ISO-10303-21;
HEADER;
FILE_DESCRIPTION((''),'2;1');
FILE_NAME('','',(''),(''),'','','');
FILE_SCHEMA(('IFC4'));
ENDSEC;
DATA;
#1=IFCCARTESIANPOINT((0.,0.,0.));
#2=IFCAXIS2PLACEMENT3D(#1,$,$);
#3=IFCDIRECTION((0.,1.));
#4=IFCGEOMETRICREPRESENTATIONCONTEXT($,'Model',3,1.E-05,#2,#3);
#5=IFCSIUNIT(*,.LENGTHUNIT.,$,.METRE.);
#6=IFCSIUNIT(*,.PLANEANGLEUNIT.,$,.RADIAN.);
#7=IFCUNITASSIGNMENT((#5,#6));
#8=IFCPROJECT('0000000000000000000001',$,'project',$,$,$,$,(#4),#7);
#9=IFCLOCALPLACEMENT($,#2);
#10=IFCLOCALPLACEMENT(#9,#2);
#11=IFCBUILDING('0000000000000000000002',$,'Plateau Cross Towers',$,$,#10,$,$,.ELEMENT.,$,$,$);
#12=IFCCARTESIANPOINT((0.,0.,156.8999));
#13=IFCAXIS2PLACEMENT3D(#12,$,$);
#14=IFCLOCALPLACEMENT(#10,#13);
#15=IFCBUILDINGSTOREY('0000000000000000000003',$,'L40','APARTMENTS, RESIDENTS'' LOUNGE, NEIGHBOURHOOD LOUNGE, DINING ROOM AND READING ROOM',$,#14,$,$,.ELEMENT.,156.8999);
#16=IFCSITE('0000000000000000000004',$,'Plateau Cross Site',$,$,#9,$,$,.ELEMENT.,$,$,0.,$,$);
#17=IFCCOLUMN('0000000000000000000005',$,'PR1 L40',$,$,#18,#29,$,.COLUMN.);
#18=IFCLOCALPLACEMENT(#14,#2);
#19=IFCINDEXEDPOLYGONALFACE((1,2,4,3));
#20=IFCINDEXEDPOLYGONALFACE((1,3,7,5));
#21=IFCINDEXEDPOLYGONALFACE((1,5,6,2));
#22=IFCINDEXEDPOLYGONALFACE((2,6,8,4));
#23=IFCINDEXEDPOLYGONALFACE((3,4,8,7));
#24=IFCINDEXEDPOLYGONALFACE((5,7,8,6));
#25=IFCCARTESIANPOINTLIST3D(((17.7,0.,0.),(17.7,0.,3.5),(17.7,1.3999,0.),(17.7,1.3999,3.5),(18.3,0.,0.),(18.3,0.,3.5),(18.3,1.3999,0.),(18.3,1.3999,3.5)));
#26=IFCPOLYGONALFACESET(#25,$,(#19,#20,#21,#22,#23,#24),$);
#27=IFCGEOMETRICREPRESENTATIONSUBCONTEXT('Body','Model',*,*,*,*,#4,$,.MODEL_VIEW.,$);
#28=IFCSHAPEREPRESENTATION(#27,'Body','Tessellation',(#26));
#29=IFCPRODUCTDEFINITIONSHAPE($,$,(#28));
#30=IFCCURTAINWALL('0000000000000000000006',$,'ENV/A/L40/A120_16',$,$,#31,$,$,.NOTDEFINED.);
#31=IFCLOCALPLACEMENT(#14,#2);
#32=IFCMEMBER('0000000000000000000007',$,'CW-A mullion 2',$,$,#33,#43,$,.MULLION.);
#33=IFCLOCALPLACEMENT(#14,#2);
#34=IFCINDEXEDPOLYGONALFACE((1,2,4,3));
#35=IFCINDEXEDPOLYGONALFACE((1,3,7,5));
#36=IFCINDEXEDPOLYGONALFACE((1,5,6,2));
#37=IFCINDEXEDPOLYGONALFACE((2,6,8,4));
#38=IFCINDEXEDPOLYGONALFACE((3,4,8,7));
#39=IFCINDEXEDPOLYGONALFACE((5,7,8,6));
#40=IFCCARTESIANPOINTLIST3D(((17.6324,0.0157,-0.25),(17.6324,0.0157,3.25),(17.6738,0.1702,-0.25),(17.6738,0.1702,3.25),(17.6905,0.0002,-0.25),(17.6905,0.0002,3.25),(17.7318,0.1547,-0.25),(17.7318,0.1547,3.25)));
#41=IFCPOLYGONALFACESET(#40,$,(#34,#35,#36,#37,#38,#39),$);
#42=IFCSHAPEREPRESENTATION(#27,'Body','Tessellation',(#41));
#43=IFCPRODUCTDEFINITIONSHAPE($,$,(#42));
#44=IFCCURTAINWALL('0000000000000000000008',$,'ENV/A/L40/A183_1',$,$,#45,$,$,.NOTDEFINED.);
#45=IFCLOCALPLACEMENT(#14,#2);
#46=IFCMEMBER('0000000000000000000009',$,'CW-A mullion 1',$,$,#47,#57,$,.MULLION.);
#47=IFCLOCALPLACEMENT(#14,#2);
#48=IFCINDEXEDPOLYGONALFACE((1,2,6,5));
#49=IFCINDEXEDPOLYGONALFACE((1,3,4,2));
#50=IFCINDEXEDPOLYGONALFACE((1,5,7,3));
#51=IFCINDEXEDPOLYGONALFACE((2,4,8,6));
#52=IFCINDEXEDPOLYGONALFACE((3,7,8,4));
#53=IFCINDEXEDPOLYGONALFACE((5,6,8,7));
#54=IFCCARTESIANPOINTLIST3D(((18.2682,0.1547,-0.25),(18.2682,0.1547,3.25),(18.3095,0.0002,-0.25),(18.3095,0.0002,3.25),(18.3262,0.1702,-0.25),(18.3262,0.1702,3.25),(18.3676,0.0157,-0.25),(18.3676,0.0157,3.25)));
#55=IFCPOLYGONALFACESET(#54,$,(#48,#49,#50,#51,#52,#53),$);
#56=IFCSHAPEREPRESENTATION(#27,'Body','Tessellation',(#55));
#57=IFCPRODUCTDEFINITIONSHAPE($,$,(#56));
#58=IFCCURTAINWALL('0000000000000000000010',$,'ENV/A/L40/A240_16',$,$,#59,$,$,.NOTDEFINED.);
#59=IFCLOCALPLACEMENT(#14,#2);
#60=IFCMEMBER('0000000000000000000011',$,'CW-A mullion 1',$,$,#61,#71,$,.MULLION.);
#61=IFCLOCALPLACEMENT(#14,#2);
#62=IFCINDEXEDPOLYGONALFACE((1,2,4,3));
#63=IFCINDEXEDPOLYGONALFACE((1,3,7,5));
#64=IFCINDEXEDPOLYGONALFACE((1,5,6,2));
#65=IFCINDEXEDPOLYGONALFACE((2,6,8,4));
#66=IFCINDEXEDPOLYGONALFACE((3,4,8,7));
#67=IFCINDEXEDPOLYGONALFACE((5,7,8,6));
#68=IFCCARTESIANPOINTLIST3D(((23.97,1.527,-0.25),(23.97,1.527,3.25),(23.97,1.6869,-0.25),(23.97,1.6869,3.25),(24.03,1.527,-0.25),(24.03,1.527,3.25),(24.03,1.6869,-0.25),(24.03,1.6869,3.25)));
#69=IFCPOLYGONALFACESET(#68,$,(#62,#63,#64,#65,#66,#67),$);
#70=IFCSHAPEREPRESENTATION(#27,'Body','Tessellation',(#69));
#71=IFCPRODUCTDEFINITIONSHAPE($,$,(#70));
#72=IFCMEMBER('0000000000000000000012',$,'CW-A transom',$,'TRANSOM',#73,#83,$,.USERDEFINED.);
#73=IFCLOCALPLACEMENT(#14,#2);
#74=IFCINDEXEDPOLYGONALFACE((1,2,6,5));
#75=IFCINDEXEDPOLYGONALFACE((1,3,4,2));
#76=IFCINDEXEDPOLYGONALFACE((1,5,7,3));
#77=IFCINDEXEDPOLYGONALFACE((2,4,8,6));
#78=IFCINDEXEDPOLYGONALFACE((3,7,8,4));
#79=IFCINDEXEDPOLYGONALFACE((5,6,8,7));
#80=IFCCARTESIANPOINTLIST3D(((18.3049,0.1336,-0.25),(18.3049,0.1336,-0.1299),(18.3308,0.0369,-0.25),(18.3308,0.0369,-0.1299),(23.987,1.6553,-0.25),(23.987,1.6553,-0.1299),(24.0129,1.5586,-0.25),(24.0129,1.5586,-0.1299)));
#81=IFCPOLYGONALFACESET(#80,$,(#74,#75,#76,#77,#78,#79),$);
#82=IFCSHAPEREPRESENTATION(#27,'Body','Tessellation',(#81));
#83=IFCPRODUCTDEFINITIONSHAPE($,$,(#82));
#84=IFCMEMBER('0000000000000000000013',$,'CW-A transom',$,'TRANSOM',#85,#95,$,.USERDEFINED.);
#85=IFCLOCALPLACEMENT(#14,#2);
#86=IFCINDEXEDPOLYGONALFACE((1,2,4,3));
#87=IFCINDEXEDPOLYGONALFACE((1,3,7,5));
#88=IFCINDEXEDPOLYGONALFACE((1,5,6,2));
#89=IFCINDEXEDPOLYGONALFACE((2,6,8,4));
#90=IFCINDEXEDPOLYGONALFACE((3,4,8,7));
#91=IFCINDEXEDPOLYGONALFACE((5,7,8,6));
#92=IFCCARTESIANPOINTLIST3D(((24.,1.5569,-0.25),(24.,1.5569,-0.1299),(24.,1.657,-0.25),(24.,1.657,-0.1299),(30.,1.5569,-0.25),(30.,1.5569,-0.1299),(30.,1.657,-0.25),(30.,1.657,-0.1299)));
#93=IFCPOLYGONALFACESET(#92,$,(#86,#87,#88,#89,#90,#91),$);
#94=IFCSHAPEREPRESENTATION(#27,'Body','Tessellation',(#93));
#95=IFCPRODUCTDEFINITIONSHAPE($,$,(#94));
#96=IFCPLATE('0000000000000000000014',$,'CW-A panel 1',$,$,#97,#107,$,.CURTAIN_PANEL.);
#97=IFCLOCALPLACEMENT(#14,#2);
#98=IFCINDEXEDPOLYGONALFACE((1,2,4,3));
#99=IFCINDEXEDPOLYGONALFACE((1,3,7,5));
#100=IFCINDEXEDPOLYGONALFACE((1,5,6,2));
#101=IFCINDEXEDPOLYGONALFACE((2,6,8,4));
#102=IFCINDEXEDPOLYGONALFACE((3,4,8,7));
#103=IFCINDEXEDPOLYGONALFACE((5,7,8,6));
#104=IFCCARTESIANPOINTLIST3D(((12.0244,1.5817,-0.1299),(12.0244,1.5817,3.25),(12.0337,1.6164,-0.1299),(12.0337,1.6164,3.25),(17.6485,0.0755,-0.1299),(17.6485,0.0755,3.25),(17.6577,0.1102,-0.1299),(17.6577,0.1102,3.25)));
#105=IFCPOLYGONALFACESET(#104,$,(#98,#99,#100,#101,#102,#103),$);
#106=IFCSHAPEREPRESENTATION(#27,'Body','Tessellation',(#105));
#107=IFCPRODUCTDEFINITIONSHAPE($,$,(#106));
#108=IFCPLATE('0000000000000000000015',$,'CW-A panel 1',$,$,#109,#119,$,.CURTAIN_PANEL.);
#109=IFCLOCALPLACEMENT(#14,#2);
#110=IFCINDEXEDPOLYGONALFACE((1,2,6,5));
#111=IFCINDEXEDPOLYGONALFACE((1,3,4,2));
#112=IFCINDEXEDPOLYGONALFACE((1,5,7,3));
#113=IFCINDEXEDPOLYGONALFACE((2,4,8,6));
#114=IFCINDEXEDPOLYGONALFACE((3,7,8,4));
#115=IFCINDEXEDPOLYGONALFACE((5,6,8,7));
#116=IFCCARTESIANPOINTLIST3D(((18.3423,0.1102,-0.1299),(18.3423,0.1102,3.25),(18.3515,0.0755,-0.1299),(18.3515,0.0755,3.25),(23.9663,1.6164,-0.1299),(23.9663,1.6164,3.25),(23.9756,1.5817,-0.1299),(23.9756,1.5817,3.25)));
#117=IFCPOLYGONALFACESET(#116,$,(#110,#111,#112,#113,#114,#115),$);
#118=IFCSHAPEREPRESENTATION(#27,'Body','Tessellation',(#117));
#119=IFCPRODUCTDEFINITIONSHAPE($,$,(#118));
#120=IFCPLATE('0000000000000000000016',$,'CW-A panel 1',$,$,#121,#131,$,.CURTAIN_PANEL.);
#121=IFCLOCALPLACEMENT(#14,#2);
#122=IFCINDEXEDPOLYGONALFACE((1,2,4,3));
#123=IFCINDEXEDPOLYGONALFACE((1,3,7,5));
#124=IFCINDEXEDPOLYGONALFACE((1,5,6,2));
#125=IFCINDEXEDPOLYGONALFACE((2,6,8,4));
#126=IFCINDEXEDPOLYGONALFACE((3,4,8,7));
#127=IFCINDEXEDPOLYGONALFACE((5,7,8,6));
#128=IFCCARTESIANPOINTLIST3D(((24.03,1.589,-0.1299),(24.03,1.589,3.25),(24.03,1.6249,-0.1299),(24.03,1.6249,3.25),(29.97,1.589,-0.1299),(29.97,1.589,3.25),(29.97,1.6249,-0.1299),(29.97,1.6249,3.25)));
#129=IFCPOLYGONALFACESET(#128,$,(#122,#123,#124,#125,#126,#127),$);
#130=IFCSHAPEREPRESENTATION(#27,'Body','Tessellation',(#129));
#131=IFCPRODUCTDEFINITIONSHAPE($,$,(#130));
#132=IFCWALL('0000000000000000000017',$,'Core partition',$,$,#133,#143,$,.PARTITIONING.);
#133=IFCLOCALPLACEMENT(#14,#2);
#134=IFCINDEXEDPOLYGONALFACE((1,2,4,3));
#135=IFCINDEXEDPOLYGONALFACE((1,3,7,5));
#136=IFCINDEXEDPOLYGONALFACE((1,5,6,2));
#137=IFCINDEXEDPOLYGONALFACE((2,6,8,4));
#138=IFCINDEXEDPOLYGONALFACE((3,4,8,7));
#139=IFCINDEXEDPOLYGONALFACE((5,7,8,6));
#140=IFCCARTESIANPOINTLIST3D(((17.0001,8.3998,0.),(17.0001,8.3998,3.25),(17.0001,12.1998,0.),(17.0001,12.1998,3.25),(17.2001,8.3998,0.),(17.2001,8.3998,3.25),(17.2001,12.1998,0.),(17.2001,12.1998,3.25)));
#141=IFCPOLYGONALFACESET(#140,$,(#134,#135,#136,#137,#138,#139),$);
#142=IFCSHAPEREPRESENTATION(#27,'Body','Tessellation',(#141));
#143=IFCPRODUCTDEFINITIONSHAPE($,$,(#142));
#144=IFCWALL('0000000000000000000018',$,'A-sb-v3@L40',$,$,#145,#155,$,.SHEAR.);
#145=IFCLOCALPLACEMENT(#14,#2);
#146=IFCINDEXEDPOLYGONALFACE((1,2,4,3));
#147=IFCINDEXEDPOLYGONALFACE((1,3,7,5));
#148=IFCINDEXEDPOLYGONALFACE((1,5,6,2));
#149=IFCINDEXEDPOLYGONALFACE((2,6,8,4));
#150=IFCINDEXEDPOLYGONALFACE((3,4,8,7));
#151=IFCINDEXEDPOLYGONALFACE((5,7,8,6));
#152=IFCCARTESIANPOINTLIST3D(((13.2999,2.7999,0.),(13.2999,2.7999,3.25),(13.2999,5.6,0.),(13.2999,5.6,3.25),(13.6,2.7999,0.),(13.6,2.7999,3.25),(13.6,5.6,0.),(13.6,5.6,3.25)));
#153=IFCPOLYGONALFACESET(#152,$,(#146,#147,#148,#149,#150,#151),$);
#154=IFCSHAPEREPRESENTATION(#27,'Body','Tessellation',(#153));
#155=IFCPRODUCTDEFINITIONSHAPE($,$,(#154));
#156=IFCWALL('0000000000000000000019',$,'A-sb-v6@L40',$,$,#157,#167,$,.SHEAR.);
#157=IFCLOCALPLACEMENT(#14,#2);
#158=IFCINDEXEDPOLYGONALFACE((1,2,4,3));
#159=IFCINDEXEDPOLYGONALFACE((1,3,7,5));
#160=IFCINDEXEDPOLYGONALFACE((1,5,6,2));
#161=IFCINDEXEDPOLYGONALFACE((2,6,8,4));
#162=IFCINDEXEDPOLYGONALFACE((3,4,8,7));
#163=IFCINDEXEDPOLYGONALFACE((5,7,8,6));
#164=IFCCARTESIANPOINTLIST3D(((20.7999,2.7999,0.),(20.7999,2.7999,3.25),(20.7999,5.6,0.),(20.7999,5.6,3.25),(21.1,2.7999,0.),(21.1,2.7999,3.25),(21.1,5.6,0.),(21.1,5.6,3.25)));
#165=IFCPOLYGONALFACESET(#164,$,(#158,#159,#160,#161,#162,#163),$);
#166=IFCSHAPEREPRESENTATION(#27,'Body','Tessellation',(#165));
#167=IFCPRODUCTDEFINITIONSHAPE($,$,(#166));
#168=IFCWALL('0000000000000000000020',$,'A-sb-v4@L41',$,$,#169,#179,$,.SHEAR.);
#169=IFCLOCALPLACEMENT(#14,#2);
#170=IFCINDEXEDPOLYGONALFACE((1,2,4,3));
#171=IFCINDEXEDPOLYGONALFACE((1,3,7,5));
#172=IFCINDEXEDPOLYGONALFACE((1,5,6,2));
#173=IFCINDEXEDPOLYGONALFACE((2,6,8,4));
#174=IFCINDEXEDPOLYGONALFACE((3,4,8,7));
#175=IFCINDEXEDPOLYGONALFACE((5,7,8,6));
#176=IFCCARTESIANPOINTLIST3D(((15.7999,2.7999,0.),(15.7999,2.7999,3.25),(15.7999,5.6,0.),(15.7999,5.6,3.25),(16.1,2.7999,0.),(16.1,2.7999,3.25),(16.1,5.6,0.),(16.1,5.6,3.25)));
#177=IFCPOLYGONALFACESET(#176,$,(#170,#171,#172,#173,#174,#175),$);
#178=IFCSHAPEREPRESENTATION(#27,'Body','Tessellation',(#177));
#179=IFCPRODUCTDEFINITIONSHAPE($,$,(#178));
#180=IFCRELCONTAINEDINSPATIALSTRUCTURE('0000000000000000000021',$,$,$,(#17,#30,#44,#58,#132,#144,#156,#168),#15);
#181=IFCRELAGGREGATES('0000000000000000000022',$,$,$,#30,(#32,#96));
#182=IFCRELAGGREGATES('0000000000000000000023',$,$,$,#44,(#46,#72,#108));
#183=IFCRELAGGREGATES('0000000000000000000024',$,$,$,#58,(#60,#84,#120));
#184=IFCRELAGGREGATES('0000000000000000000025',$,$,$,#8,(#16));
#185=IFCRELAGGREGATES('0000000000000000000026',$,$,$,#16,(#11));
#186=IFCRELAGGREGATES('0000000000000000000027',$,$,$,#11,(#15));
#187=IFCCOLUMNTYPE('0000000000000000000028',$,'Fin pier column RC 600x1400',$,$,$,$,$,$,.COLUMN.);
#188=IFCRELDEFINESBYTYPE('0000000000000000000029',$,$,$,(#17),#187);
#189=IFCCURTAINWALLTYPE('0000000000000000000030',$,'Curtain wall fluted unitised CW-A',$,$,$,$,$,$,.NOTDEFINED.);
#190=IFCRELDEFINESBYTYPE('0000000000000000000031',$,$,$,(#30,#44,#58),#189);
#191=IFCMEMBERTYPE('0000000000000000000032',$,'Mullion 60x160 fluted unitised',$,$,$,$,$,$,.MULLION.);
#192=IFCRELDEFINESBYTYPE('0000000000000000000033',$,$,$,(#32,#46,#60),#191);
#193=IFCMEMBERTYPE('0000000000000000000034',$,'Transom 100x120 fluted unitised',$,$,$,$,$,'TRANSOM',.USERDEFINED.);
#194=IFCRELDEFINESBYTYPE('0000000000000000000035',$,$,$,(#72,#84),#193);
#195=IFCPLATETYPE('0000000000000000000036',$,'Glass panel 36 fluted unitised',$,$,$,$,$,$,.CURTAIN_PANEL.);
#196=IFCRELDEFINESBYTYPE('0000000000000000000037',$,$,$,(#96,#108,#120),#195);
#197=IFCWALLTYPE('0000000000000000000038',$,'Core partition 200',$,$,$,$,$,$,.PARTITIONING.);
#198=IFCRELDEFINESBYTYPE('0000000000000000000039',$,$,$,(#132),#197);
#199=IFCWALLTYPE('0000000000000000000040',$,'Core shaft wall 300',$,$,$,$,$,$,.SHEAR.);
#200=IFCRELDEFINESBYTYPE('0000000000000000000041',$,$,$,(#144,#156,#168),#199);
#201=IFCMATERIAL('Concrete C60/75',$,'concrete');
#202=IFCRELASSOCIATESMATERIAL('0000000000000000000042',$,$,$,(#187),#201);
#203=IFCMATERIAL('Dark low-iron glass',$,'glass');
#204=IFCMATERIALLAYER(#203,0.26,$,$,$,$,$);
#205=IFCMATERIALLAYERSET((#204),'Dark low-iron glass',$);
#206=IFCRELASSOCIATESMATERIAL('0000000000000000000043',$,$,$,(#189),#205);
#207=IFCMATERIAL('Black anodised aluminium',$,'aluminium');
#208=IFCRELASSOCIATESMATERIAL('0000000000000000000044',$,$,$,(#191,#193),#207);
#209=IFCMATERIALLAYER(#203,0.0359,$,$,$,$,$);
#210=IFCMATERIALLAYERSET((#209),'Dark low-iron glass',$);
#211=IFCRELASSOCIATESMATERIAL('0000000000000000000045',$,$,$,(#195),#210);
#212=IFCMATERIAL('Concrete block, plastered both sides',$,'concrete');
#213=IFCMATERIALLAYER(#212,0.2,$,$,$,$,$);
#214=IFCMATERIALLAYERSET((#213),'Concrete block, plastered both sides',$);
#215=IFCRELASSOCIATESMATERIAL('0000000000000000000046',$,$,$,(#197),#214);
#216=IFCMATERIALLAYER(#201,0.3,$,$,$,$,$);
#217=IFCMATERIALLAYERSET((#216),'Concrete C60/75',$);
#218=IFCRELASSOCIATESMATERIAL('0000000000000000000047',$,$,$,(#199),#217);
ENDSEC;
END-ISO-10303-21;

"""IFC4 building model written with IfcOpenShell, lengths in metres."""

from ifc_helpers import new_model, si_unit, direction, frame, frame_2d, origin, origin_2d, place, context, subcontext, project, spatial, rectangle, extrude, material, layer, layer_set, material_profile, profile_set, type_object, element, aggregate, save


model = new_model("IFC4")

# Units and contexts
model_context = context("Model", 3, precision=1e-05, world=origin(), true_north=direction((0.0, 1.0)))
body_context = subcontext(model_context, "Body", "Model", "MODEL_VIEW")
ifc_project = project(units=[si_unit("LENGTHUNIT", "METRE"), si_unit("PLANEANGLEUNIT", "RADIAN")], contexts=[model_context])

# Site, building, storey
site_placement = place(None, origin())
site = spatial("IfcSite", under=ifc_project, at=site_placement, Name="Plateau Cross Site", CompositionType="ELEMENT", RefElevation=0.0)
building_placement = place(site_placement, origin())
building = spatial("IfcBuilding", under=site, at=building_placement, Name="Plateau Cross Towers", CompositionType="ELEMENT")
storey_placement = place(building_placement, frame((0.0, 0.0, 156.8999)))
storey = spatial("IfcBuildingStorey", under=building, at=storey_placement, Name="L40", Description="APARTMENTS, RESIDENTS' LOUNGE, NEIGHBOURHOOD LOUNGE, DINING ROOM AND READING ROOM", CompositionType="ELEMENT", Elevation=156.8999)

# Column
ifc_material_1 = material(Name="Concrete C60/75", Category="concrete")
ifc_material_profile_1 = material_profile(ifc_material_1, rectangle(XDim=0.6001, YDim=1.3999, at=origin_2d()), Name="RC 600x1400")
ifc_profile_set_1 = profile_set([ifc_material_profile_1], Name="Concrete C60/75")
column_type = type_object("IfcColumnType", Name="Fin pier column RC 600x1400", PredefinedType="COLUMN", material=ifc_profile_set_1)
column_placement = place(storey_placement, frame((18.0, 0.7, 0.0), z_axis=(0.0, 0.0, 1.0), x_axis=(1.0, 0.0, 0.0)))
element("IfcColumn", 1, at=column_placement, inside=storey, type_object=column_type, Name="PR1 L40", PredefinedType="COLUMN", context=body_context, shape_type="SweptSolid", body=[
    extrude(rectangle(XDim=0.6001, YDim=1.3999, at=origin_2d()), origin(), (0.0, 0.0, 1.0), 3.5),
])

# Curtain walls, members
ifc_material_2 = material(Name="Dark low-iron glass", Category="glass")
ifc_layer_1 = layer(ifc_material_2, 0.26)
ifc_layer_set_1 = layer_set([ifc_layer_1], Name="Dark low-iron glass")
curtain_wall_type = type_object("IfcCurtainWallType", Name="Curtain wall fluted unitised CW-A", PredefinedType="NOTDEFINED", material=ifc_layer_set_1)
curtain_wall_1_placement = place(storey_placement, origin())
curtain_wall_1 = element("IfcCurtainWall", 2, at=curtain_wall_1_placement, inside=storey, type_object=curtain_wall_type, Name="ENV/A/L40/A120_16", PredefinedType="NOTDEFINED")
ifc_material_3 = material(Name="Black anodised aluminium", Category="aluminium")
ifc_material_profile_2 = material_profile(ifc_material_3, rectangle(XDim=0.0601, YDim=0.1599, at=origin_2d()), Name="MULLION 60x160")
ifc_profile_set_2 = profile_set([ifc_material_profile_2], Name="Black anodised aluminium")
member_type_1 = type_object("IfcMemberType", Name="Mullion 60x160 fluted unitised", PredefinedType="MULLION", material=ifc_profile_set_2)
member_1_placement = place(storey_placement, frame((17.6821, 0.0852, -0.25), z_axis=(0.0, 0.0, 1.0), x_axis=(0.965958, -0.258699, 0.0)))
member_1 = element("IfcMember", 3, at=member_1_placement, type_object=member_type_1, Name="CW-A mullion 2", PredefinedType="MULLION", context=body_context, shape_type="SweptSolid", body=[
    extrude(rectangle(XDim=0.0601, YDim=0.1599, at=origin_2d()), origin(), (0.0, 0.0, 1.0), 3.5),
])
curtain_wall_2_placement = place(storey_placement, origin())
curtain_wall_2 = element("IfcCurtainWall", 4, at=curtain_wall_2_placement, inside=storey, type_object=curtain_wall_type, Name="ENV/A/L40/A183_1", PredefinedType="NOTDEFINED")
member_2_placement = place(storey_placement, frame((18.3179, 0.0852, -0.25), z_axis=(0.0, 0.0, 1.0), x_axis=(0.965958, 0.258699, 0.0)))
member_2 = element("IfcMember", 5, at=member_2_placement, type_object=member_type_1, Name="CW-A mullion 1", PredefinedType="MULLION", context=body_context, shape_type="SweptSolid", body=[
    extrude(rectangle(XDim=0.0601, YDim=0.1599, at=origin_2d()), origin(), (0.0, 0.0, 1.0), 3.5),
])
curtain_wall_3_placement = place(storey_placement, origin())
curtain_wall_3 = element("IfcCurtainWall", 6, at=curtain_wall_3_placement, inside=storey, type_object=curtain_wall_type, Name="ENV/A/L40/A240_16", PredefinedType="NOTDEFINED")
member_3_placement = place(storey_placement, frame((24.0, 1.6069, -0.25), z_axis=(0.0, 0.0, 1.0), x_axis=(1.0, 0.0, 0.0)))
member_3 = element("IfcMember", 7, at=member_3_placement, type_object=member_type_1, Name="CW-A mullion 1", PredefinedType="MULLION", context=body_context, shape_type="SweptSolid", body=[
    extrude(rectangle(XDim=0.0601, YDim=0.1599, at=origin_2d()), origin(), (0.0, 0.0, 1.0), 3.5),
])

# Members
ifc_material_profile_3 = material_profile(ifc_material_3, rectangle(XDim=0.1001, YDim=0.1201, at=origin_2d()), Name="TRANSOM 100x120")
ifc_profile_set_3 = profile_set([ifc_material_profile_3], Name="Black anodised aluminium")
member_type_2 = type_object("IfcMemberType", Name="Transom 100x120 fluted unitised", ElementType="TRANSOM", PredefinedType="USERDEFINED", material=ifc_profile_set_3)
member_4_placement = place(storey_placement, frame((18.3179, 0.0852, -0.1899), z_axis=(0.96596, 0.258693, 0.0), x_axis=(-0.258693, 0.96596, 0.0)))
member_4 = element("IfcMember", 8, at=member_4_placement, type_object=member_type_2, Name="CW-A transom", ObjectType="TRANSOM", PredefinedType="USERDEFINED", context=body_context, shape_type="SweptSolid", body=[
    extrude(rectangle(XDim=0.1001, YDim=0.1201, at=origin_2d()), origin(), (0.0, 0.0, 1.0), 5.8823),
])
member_5_placement = place(storey_placement, frame((24.0, 1.6069, -0.1899), z_axis=(1.0, 0.0, 0.0), x_axis=(0.0, 1.0, 0.0)))
member_5 = element("IfcMember", 9, at=member_5_placement, type_object=member_type_2, Name="CW-A transom", ObjectType="TRANSOM", PredefinedType="USERDEFINED", context=body_context, shape_type="SweptSolid", body=[
    extrude(rectangle(XDim=0.1001, YDim=0.1201, at=origin_2d()), origin(), (0.0, 0.0, 1.0), 6.0),
])

# Plates
ifc_layer_2 = layer(ifc_material_2, 0.0359)
ifc_layer_set_2 = layer_set([ifc_layer_2], Name="Dark low-iron glass")
plate_type = type_object("IfcPlateType", Name="Glass panel 36 fluted unitised", PredefinedType="CURTAIN_PANEL", material=ifc_layer_set_2)
plate_1_placement = place(storey_placement, frame((14.8411, 0.8459, -0.1299), z_axis=(0.0, 0.0, 1.0), x_axis=(0.965958, -0.258699, 0.0)))
plate_1 = element("IfcPlate", 10, at=plate_1_placement, type_object=plate_type, Name="CW-A panel 1", PredefinedType="CURTAIN_PANEL", context=body_context, shape_type="SweptSolid", body=[
    extrude(rectangle(XDim=5.8223, YDim=0.0359, at=origin_2d()), origin(), (0.0, 0.0, 1.0), 3.3799),
])
aggregate(curtain_wall_1, [member_1, plate_1])
plate_2_placement = place(storey_placement, frame((21.1589, 0.8459, -0.1299), z_axis=(0.0, 0.0, 1.0), x_axis=(0.965958, 0.258699, 0.0)))
plate_2 = element("IfcPlate", 11, at=plate_2_placement, type_object=plate_type, Name="CW-A panel 1", PredefinedType="CURTAIN_PANEL", context=body_context, shape_type="SweptSolid", body=[
    extrude(rectangle(XDim=5.8223, YDim=0.0359, at=origin_2d()), origin(), (0.0, 0.0, 1.0), 3.3799),
])
aggregate(curtain_wall_2, [member_2, member_4, plate_2])
plate_3_placement = place(storey_placement, frame((27.0, 1.6069, -0.1299), z_axis=(0.0, 0.0, 1.0), x_axis=(1.0, 0.0, 0.0)))
plate_3 = element("IfcPlate", 12, at=plate_3_placement, type_object=plate_type, Name="CW-A panel 1", PredefinedType="CURTAIN_PANEL", context=body_context, shape_type="SweptSolid", body=[
    extrude(rectangle(XDim=5.9399, YDim=0.0359, at=origin_2d()), origin(), (0.0, 0.0, 1.0), 3.3799),
])
aggregate(curtain_wall_3, [member_3, member_5, plate_3])

# Walls
ifc_material_4 = material(Name="Concrete block, plastered both sides", Category="concrete")
ifc_layer_3 = layer(ifc_material_4, 0.2)
ifc_layer_set_3 = layer_set([ifc_layer_3], Name="Concrete block, plastered both sides")
wall_type_1 = type_object("IfcWallType", Name="Core partition 200", PredefinedType="PARTITIONING", material=ifc_layer_set_3)
wall_1_placement = place(storey_placement, frame((17.1001, 8.3999, 0.0), z_axis=(0.0, 0.0, 1.0), x_axis=(0.0, 1.0, 0.0)))
element("IfcWall", 13, at=wall_1_placement, inside=storey, type_object=wall_type_1, Name="Core partition", PredefinedType="PARTITIONING", context=body_context, shape_type="SweptSolid", body=[
    extrude(rectangle(XDim=3.8, YDim=0.2, at=frame_2d((1.8999, 0.0))), origin(), (0.0, 0.0, 1.0), 3.25),
])
ifc_layer_4 = layer(ifc_material_1, 0.3)
ifc_layer_set_4 = layer_set([ifc_layer_4], Name="Concrete C60/75")
wall_type_2 = type_object("IfcWallType", Name="Core shaft wall 300", PredefinedType="SHEAR", material=ifc_layer_set_4)
for number, where, z_axis, x_axis, name in (
    (14, (13.45, 2.8, 0.0), (0.0, 0.0, 1.0), (0.0, 1.0, 0.0), "A-sb-v3@L40"),
    (15, (20.95, 2.8, 0.0), (0.0, 0.0, 1.0), (0.0, 1.0, 0.0), "A-sb-v6@L40"),
    (16, (15.95, 2.8, 0.0), (0.0, 0.0, 1.0), (0.0, 1.0, 0.0), "A-sb-v4@L41"),
):
    element("IfcWall", number, at=place(storey_placement, frame(where, z_axis=z_axis, x_axis=x_axis)), inside=storey, type_object=wall_type_2, Name=name, PredefinedType="SHEAR", context=body_context, shape_type="SweptSolid", body=[
        extrude(rectangle(XDim=2.8, YDim=0.3, at=frame_2d((1.3999, 0.0))), origin(), (0.0, 0.0, 1.0), 3.25),
    ])

save(model, "model.ifc")
